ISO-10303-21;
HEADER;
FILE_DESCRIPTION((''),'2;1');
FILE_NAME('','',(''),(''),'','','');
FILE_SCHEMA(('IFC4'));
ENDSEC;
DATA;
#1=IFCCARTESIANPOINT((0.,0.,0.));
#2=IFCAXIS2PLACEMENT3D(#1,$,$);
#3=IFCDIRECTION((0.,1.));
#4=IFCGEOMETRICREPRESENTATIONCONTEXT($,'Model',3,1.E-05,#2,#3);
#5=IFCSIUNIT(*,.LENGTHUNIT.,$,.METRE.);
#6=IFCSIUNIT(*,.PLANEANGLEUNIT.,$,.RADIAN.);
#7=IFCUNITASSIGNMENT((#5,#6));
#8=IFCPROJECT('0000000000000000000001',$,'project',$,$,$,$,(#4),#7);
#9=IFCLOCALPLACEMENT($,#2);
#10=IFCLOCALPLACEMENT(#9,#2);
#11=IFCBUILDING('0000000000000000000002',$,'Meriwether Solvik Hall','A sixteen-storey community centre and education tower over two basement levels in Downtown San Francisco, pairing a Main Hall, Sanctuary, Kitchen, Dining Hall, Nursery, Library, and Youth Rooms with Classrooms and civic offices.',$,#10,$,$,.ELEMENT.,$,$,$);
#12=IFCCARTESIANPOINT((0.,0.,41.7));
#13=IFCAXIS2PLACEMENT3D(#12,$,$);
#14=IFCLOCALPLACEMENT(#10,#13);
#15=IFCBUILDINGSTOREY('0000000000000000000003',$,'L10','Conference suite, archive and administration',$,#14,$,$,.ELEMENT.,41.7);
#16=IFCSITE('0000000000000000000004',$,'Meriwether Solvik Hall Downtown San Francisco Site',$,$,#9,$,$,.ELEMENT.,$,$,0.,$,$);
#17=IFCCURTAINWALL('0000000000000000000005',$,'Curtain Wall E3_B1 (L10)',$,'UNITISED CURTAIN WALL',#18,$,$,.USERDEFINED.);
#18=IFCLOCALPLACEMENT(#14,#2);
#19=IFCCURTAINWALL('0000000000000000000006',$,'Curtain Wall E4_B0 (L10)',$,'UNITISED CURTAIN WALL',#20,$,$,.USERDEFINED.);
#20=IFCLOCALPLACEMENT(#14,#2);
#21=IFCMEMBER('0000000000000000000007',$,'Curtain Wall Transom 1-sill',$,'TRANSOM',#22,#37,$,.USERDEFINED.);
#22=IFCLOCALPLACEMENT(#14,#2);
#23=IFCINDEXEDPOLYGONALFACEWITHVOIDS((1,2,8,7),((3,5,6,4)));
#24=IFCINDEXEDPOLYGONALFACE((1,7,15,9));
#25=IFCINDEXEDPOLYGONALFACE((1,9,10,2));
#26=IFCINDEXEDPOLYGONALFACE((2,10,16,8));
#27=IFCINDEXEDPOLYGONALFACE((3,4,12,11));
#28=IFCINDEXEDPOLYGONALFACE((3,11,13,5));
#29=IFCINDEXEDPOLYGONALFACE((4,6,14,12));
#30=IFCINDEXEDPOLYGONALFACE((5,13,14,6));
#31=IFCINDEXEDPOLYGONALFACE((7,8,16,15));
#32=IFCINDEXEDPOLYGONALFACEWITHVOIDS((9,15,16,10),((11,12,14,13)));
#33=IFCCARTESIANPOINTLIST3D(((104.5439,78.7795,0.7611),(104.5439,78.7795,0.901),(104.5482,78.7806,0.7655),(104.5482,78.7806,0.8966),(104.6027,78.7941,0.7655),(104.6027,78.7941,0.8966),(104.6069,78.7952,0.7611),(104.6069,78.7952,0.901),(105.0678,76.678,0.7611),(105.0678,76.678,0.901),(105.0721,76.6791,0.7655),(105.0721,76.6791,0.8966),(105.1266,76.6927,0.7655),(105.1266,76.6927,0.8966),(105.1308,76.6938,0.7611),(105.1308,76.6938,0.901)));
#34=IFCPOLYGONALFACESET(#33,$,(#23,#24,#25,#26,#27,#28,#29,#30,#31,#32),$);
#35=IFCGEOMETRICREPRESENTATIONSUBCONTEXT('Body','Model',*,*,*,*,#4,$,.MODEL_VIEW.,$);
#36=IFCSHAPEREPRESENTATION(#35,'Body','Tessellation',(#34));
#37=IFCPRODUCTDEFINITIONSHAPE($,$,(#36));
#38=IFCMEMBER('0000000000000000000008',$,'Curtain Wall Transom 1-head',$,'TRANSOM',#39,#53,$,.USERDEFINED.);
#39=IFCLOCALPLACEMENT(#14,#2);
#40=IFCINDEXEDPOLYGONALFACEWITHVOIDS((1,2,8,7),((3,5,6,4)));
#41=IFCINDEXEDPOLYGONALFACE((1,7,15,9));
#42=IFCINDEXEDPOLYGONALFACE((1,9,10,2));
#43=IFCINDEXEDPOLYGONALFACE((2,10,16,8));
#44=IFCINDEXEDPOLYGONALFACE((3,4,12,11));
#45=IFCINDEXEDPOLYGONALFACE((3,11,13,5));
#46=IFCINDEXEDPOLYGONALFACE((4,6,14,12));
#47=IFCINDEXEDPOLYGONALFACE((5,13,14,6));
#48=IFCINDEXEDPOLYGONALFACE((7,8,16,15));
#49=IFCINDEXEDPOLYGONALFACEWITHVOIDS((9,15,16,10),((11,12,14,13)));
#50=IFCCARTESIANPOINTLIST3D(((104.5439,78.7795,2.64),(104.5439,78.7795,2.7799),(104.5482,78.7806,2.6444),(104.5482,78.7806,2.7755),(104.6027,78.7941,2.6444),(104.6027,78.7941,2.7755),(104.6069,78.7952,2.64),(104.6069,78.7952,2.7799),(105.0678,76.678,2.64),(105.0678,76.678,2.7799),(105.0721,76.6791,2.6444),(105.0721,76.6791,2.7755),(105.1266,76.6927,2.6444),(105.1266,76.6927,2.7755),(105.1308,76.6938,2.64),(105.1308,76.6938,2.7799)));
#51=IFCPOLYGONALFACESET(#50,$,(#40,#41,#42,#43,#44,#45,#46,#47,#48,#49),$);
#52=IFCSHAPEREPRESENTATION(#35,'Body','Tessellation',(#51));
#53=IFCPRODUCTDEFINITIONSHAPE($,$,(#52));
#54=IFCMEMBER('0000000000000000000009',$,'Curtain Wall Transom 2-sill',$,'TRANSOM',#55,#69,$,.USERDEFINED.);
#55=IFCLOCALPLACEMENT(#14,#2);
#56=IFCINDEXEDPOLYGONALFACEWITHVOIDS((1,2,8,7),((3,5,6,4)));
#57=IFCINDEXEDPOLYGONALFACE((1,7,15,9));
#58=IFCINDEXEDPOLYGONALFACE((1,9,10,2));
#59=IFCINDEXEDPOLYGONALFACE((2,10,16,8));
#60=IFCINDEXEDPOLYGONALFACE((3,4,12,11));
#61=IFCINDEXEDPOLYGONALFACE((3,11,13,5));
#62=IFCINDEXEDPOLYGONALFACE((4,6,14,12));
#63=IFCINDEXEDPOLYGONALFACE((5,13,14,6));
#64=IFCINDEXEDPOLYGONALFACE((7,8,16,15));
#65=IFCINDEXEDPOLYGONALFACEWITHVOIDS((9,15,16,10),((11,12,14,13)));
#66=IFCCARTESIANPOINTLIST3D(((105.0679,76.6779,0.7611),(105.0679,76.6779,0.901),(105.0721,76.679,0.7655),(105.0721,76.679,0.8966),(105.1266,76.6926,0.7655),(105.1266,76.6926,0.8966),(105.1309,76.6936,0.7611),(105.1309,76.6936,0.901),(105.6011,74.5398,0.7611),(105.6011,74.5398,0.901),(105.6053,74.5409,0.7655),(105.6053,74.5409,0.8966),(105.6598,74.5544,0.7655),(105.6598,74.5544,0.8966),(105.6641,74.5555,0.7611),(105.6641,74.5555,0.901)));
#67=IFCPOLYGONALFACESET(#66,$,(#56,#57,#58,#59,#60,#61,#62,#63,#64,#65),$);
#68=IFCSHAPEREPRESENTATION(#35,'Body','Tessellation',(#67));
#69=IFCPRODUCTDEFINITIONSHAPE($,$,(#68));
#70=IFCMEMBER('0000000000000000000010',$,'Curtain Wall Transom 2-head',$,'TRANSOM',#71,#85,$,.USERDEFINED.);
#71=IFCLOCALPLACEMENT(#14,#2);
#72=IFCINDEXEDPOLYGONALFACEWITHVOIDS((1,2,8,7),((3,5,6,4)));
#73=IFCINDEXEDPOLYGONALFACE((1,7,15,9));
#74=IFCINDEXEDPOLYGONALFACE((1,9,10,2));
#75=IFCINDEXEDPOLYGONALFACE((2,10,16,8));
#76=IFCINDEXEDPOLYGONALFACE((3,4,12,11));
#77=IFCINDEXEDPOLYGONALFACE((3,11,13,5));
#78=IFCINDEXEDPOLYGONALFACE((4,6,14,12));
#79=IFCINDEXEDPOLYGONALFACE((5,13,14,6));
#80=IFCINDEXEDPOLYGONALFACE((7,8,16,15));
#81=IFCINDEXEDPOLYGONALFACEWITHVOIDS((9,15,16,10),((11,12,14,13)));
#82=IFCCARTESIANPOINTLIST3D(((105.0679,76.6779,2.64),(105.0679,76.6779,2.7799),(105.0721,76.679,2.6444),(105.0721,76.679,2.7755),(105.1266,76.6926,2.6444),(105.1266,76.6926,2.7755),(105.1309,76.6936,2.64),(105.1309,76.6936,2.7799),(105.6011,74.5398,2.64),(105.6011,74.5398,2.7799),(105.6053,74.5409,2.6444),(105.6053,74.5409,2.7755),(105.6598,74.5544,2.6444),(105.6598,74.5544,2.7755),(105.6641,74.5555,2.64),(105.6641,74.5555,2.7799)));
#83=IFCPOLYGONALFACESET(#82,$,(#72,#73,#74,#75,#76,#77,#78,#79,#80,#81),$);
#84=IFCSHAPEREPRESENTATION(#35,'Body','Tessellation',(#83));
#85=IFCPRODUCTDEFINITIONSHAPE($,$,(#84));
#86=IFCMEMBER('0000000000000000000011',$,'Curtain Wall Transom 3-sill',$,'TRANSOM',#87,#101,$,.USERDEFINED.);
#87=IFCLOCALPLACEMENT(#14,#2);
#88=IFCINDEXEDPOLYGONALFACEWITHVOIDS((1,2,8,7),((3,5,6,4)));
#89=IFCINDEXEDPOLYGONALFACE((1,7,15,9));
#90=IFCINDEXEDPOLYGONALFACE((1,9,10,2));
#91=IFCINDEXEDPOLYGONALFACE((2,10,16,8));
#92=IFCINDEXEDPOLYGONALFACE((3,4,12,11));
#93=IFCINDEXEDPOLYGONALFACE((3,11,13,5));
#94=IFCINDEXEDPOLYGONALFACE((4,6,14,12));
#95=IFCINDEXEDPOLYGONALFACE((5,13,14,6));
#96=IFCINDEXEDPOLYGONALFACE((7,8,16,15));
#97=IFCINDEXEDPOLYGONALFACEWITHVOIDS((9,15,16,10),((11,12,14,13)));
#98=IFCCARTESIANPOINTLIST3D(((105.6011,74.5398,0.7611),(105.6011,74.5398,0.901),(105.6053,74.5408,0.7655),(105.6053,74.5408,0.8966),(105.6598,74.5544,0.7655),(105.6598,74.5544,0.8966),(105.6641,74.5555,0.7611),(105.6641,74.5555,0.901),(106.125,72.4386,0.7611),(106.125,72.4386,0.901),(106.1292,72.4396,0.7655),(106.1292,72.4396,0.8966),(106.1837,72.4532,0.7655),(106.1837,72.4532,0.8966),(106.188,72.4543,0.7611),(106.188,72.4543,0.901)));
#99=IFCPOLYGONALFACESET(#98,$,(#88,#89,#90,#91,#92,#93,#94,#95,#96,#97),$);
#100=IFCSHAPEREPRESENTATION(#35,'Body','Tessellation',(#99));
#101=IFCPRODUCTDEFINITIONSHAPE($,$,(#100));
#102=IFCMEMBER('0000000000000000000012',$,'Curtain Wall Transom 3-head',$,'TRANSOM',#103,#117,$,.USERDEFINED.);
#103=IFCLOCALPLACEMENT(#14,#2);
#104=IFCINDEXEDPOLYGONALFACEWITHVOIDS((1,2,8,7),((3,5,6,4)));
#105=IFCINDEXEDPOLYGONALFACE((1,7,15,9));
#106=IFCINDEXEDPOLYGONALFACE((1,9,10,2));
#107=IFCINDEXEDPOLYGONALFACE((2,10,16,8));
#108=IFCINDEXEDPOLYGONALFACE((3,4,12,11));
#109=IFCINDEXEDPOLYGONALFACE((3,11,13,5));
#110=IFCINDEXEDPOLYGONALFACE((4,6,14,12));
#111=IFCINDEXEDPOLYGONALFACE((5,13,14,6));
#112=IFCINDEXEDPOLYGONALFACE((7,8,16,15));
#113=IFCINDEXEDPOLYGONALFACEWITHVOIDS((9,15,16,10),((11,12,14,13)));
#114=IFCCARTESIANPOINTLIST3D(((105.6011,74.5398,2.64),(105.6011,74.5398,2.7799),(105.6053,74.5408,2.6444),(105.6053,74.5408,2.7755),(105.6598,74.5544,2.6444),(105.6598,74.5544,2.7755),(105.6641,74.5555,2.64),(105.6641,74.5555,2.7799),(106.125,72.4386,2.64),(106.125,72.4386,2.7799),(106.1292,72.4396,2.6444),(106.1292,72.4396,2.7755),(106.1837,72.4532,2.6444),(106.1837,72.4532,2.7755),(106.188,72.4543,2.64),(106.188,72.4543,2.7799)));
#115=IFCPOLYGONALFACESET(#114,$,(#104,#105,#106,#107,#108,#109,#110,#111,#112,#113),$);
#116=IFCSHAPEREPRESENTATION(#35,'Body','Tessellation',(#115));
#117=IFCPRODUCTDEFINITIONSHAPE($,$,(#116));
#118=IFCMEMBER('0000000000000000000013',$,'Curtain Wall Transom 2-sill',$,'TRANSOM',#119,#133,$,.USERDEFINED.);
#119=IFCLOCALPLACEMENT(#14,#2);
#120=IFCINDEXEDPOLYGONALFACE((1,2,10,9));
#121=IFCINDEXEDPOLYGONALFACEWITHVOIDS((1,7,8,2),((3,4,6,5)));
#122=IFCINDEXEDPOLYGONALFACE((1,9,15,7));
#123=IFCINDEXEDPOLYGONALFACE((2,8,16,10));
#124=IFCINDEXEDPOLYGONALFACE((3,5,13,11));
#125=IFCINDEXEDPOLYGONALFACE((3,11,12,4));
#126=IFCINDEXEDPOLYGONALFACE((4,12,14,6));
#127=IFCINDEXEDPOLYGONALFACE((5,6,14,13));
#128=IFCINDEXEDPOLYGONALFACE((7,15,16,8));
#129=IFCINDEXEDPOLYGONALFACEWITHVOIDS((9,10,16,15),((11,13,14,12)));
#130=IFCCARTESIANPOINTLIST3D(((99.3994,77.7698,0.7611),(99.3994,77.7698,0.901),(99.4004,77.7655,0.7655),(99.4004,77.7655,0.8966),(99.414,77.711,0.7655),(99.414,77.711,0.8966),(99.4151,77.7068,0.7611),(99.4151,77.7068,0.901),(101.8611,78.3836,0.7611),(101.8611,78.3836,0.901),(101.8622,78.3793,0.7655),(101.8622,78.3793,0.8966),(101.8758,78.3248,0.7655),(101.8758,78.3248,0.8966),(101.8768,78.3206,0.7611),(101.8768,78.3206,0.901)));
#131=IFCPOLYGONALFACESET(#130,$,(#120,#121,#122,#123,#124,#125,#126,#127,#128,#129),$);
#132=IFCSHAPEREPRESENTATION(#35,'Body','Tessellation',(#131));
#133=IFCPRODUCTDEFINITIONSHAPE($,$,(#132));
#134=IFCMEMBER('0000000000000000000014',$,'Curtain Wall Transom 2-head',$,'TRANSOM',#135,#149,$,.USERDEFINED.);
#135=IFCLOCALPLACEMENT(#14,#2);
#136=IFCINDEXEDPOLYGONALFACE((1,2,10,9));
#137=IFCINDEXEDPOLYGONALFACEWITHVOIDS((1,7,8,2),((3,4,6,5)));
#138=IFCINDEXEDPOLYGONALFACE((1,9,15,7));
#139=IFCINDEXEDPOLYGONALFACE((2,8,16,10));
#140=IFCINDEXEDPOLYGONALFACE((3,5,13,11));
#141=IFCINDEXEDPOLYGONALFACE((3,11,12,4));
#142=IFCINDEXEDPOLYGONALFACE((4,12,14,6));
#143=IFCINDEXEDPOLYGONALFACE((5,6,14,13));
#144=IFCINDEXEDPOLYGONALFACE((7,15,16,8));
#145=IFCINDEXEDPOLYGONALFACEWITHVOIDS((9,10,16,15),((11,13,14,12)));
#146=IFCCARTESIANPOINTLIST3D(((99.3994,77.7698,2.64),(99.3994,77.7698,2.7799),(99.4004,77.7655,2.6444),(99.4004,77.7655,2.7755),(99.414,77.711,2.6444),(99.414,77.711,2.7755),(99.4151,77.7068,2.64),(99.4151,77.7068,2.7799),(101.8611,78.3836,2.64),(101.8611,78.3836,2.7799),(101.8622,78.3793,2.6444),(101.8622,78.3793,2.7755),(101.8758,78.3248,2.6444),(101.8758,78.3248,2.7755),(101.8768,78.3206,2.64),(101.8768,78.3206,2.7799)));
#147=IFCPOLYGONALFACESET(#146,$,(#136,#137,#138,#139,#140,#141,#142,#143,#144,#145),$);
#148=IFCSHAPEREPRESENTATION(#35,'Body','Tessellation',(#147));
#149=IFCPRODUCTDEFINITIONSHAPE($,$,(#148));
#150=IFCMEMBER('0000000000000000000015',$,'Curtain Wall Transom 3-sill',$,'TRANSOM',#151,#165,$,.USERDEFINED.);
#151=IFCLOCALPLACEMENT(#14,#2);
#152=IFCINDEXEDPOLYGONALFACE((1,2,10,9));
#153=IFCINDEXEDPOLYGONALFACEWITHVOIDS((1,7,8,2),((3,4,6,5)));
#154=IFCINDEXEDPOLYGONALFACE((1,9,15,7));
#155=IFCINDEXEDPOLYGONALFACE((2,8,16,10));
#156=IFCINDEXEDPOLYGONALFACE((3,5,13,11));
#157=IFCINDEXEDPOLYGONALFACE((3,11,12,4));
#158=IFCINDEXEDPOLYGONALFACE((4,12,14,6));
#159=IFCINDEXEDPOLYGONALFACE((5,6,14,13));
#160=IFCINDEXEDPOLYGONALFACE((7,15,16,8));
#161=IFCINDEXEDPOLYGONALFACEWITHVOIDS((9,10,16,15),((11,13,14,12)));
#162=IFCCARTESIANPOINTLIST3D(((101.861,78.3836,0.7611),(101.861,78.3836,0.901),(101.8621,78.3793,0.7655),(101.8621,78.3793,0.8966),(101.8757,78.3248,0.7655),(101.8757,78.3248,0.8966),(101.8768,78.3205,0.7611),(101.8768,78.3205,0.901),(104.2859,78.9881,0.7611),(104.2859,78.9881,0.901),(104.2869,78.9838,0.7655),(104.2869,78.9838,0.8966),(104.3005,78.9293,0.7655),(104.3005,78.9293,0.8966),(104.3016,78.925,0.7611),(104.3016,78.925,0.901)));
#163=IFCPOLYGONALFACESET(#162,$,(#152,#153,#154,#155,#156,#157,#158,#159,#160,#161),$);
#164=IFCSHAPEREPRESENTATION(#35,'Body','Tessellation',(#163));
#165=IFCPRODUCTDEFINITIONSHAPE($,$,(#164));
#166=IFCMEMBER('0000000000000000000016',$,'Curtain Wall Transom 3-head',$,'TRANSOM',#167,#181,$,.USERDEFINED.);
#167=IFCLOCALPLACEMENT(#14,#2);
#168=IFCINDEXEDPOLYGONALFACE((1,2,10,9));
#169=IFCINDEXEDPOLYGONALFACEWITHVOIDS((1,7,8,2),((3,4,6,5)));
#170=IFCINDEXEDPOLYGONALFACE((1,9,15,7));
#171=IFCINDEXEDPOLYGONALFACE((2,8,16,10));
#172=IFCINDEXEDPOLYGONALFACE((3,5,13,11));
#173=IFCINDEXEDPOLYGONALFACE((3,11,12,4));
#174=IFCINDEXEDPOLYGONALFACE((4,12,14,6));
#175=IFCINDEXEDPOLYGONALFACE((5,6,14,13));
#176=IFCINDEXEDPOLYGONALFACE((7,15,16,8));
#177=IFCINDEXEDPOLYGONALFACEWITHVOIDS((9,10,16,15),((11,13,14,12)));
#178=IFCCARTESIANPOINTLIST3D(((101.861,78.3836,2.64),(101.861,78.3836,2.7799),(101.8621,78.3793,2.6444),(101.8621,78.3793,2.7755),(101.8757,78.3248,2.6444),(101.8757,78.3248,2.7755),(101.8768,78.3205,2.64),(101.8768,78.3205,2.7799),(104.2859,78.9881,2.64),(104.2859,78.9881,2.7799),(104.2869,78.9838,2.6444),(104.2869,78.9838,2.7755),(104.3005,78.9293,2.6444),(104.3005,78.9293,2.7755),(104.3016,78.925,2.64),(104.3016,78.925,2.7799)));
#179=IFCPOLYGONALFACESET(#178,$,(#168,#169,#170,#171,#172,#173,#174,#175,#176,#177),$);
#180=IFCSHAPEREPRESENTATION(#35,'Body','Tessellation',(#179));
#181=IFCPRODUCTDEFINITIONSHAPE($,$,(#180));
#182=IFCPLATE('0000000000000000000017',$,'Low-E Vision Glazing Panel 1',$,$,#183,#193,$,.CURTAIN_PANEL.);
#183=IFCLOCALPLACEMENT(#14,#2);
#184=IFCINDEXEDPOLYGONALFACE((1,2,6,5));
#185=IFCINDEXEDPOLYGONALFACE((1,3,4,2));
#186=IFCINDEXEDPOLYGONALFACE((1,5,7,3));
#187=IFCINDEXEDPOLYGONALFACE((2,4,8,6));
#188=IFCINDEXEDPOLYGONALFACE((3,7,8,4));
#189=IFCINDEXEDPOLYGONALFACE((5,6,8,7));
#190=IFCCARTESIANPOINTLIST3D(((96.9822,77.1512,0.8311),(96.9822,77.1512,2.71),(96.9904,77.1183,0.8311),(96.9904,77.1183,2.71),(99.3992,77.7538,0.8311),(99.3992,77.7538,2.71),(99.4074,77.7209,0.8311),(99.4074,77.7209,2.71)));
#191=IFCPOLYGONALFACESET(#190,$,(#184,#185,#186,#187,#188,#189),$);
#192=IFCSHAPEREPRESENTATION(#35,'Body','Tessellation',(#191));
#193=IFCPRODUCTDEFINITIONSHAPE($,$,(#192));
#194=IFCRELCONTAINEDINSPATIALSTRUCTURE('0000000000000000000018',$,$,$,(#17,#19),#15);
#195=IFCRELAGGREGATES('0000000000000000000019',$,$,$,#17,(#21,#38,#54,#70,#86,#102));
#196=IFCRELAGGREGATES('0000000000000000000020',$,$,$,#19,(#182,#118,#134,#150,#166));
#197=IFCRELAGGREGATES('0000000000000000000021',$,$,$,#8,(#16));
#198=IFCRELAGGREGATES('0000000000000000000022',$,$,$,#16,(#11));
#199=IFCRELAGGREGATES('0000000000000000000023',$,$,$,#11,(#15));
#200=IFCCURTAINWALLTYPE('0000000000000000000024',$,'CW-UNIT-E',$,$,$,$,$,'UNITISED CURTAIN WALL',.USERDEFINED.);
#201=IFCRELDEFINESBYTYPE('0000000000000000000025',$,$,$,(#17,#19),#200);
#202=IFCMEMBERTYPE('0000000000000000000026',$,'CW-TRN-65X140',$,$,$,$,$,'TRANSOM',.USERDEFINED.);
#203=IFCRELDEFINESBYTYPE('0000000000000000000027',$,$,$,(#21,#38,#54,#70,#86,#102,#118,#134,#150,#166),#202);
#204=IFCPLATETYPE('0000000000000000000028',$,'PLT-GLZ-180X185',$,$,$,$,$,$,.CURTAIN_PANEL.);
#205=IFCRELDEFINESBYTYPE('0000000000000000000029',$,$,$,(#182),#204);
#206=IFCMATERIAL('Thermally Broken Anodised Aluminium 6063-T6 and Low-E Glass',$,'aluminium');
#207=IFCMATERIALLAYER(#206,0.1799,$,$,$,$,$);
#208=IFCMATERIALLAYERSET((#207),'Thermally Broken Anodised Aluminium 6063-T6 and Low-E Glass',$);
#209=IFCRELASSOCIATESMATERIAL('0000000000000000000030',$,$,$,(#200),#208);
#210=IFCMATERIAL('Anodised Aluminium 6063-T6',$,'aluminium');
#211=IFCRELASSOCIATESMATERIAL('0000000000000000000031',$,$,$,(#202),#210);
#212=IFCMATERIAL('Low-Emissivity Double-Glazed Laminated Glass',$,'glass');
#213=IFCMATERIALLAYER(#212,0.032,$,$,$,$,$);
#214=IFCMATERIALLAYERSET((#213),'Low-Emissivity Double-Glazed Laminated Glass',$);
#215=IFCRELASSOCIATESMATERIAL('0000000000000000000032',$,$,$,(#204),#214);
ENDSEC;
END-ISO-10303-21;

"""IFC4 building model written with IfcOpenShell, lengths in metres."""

from ifc_helpers import new_model, si_unit, direction, frame, origin, origin_2d, place, context, subcontext, project, spatial, rectangle, hollow_rectangle, extrude, material, layer, layer_set, material_profile, profile_set, type_object, element, aggregate, save


model = new_model("IFC4")

# Units and contexts
model_context = context("Model", 3, precision=1e-05, world=origin(), true_north=direction((0.0, 1.0)))
body_context = subcontext(model_context, "Body", "Model", "MODEL_VIEW")
ifc_project = project(units=[si_unit("LENGTHUNIT", "METRE"), si_unit("PLANEANGLEUNIT", "RADIAN")], contexts=[model_context])

# Site, building, storey
site_placement = place(None, origin())
site = spatial("IfcSite", under=ifc_project, at=site_placement, Name="Meriwether Solvik Hall Downtown San Francisco Site", CompositionType="ELEMENT", RefElevation=0.0)
building_placement = place(site_placement, origin())
building = spatial("IfcBuilding", under=site, at=building_placement, Name="Meriwether Solvik Hall", Description="A sixteen-storey community centre and education tower over two basement levels in Downtown San Francisco, pairing a Main Hall, Sanctuary, Kitchen, Dining Hall, Nursery, Library, and Youth Rooms with Classrooms and civic offices.", CompositionType="ELEMENT")
storey_placement = place(building_placement, frame((0.0, 0.0, 41.7)))
storey = spatial("IfcBuildingStorey", under=building, at=storey_placement, Name="L10", Description="Conference suite, archive and administration", CompositionType="ELEMENT", Elevation=41.7)

# Curtain walls
ifc_material_1 = material(Name="Thermally Broken Anodised Aluminium 6063-T6 and Low-E Glass", Category="aluminium")
ifc_layer_1 = layer(ifc_material_1, 0.1799)
ifc_layer_set_1 = layer_set([ifc_layer_1], Name="Thermally Broken Anodised Aluminium 6063-T6 and Low-E Glass")
curtain_wall_type_1 = type_object("IfcCurtainWallType", Name="CW-UNIT-E", ElementType="UNITISED CURTAIN WALL", PredefinedType="USERDEFINED", material=ifc_layer_set_1)
curtain_wall_1_placement = place(storey_placement, origin())
curtain_wall_1 = element("IfcCurtainWall", 1, at=curtain_wall_1_placement, inside=storey, type_object=curtain_wall_type_1, Name="Curtain Wall E3_B1 (L10)", ObjectType="UNITISED CURTAIN WALL", PredefinedType="USERDEFINED")
curtain_wall_2_placement = place(storey_placement, origin())
curtain_wall_2 = element("IfcCurtainWall", 2, at=curtain_wall_2_placement, inside=storey, type_object=curtain_wall_type_1, Name="Curtain Wall E4_B0 (L10)", ObjectType="UNITISED CURTAIN WALL", PredefinedType="USERDEFINED")

# Shared definitions
ifc_material_2 = material(Name="Anodised Aluminium 6063-T6", Category="aluminium")
ifc_material_profile_1 = material_profile(ifc_material_2, hollow_rectangle(XDim=0.0649, YDim=0.1399, WallThickness=0.0044, at=origin_2d()), Name="CWT-65X140")
ifc_profile_set_1 = profile_set([ifc_material_profile_1], Name="Anodised Aluminium 6063-T6")
member_type_1 = type_object("IfcMemberType", Name="CW-TRN-65X140", ElementType="TRANSOM", PredefinedType="USERDEFINED", material=ifc_profile_set_1)

# Members
member_1_placement = place(storey_placement, frame((104.5754, 78.7874, 0.8311), z_axis=(0.241899, -0.970301, 0.0), x_axis=(0.970301, 0.241899, 0.0)))
member_1 = element("IfcMember", 3, at=member_1_placement, type_object=member_type_1, Name="Curtain Wall Transom 1-sill", ObjectType="TRANSOM", PredefinedType="USERDEFINED", context=body_context, shape_type="SweptSolid", body=[
    extrude(hollow_rectangle(XDim=0.0649, YDim=0.1399, WallThickness=0.0044, at=origin_2d()), origin(), (0.0, 0.0, 1.0), 2.1658),
])
member_2_placement = place(storey_placement, frame((104.5754, 78.7874, 2.71), z_axis=(0.241899, -0.970301, 0.0), x_axis=(0.970301, 0.241899, 0.0)))
member_2 = element("IfcMember", 4, at=member_2_placement, type_object=member_type_1, Name="Curtain Wall Transom 1-head", ObjectType="TRANSOM", PredefinedType="USERDEFINED", context=body_context, shape_type="SweptSolid", body=[
    extrude(hollow_rectangle(XDim=0.0649, YDim=0.1399, WallThickness=0.0044, at=origin_2d()), origin(), (0.0, 0.0, 1.0), 2.1658),
])
member_3_placement = place(storey_placement, frame((105.0994, 76.6858, 0.8311), z_axis=(0.241962, -0.970286, 0.0), x_axis=(0.970286, 0.241962, 0.0)))
member_3 = element("IfcMember", 5, at=member_3_placement, type_object=member_type_1, Name="Curtain Wall Transom 2-sill", ObjectType="TRANSOM", PredefinedType="USERDEFINED", context=body_context, shape_type="SweptSolid", body=[
    extrude(hollow_rectangle(XDim=0.0649, YDim=0.1399, WallThickness=0.0044, at=origin_2d()), origin(), (0.0, 0.0, 1.0), 2.2036),
])
member_4_placement = place(storey_placement, frame((105.0994, 76.6858, 2.71), z_axis=(0.241962, -0.970286, 0.0), x_axis=(0.970286, 0.241962, 0.0)))
member_4 = element("IfcMember", 6, at=member_4_placement, type_object=member_type_1, Name="Curtain Wall Transom 2-head", ObjectType="TRANSOM", PredefinedType="USERDEFINED", context=body_context, shape_type="SweptSolid", body=[
    extrude(hollow_rectangle(XDim=0.0649, YDim=0.1399, WallThickness=0.0044, at=origin_2d()), origin(), (0.0, 0.0, 1.0), 2.2036),
])
member_5_placement = place(storey_placement, frame((105.6326, 74.5476, 0.8311), z_axis=(0.241925, -0.970295, 0.0), x_axis=(0.970295, 0.241925, 0.0)))
member_5 = element("IfcMember", 7, at=member_5_placement, type_object=member_type_1, Name="Curtain Wall Transom 3-sill", ObjectType="TRANSOM", PredefinedType="USERDEFINED", context=body_context, shape_type="SweptSolid", body=[
    extrude(hollow_rectangle(XDim=0.0649, YDim=0.1399, WallThickness=0.0044, at=origin_2d()), origin(), (0.0, 0.0, 1.0), 2.1655),
])
member_6_placement = place(storey_placement, frame((105.6326, 74.5476, 2.71), z_axis=(0.241925, -0.970295, 0.0), x_axis=(0.970295, 0.241925, 0.0)))
member_6 = element("IfcMember", 8, at=member_6_placement, type_object=member_type_1, Name="Curtain Wall Transom 3-head", ObjectType="TRANSOM", PredefinedType="USERDEFINED", context=body_context, shape_type="SweptSolid", body=[
    extrude(hollow_rectangle(XDim=0.0649, YDim=0.1399, WallThickness=0.0044, at=origin_2d()), origin(), (0.0, 0.0, 1.0), 2.1655),
])
member_7_placement = place(storey_placement, frame((99.4072, 77.7383, 0.8311), z_axis=(0.970295, 0.241924, 0.0), x_axis=(-0.241924, 0.970295, 0.0)))
member_7 = element("IfcMember", 9, at=member_7_placement, type_object=member_type_1, Name="Curtain Wall Transom 2-sill", ObjectType="TRANSOM", PredefinedType="USERDEFINED", context=body_context, shape_type="SweptSolid", body=[
    extrude(hollow_rectangle(XDim=0.0649, YDim=0.1399, WallThickness=0.0044, at=origin_2d()), origin(), (0.0, 0.0, 1.0), 2.5371),
])
member_8_placement = place(storey_placement, frame((99.4072, 77.7383, 2.71), z_axis=(0.970295, 0.241924, 0.0), x_axis=(-0.241924, 0.970295, 0.0)))
member_8 = element("IfcMember", 10, at=member_8_placement, type_object=member_type_1, Name="Curtain Wall Transom 2-head", ObjectType="TRANSOM", PredefinedType="USERDEFINED", context=body_context, shape_type="SweptSolid", body=[
    extrude(hollow_rectangle(XDim=0.0649, YDim=0.1399, WallThickness=0.0044, at=origin_2d()), origin(), (0.0, 0.0, 1.0), 2.5371),
])
member_9_placement = place(storey_placement, frame((101.8689, 78.3521, 0.8311), z_axis=(0.970303, 0.241892, 0.0), x_axis=(-0.241892, 0.970303, 0.0)))
member_9 = element("IfcMember", 11, at=member_9_placement, type_object=member_type_1, Name="Curtain Wall Transom 3-sill", ObjectType="TRANSOM", PredefinedType="USERDEFINED", context=body_context, shape_type="SweptSolid", body=[
    extrude(hollow_rectangle(XDim=0.0649, YDim=0.1399, WallThickness=0.0044, at=origin_2d()), origin(), (0.0, 0.0, 1.0), 2.499),
])
member_10_placement = place(storey_placement, frame((101.8689, 78.3521, 2.71), z_axis=(0.970303, 0.241892, 0.0), x_axis=(-0.241892, 0.970303, 0.0)))
member_10 = element("IfcMember", 12, at=member_10_placement, type_object=member_type_1, Name="Curtain Wall Transom 3-head", ObjectType="TRANSOM", PredefinedType="USERDEFINED", context=body_context, shape_type="SweptSolid", body=[
    extrude(hollow_rectangle(XDim=0.0649, YDim=0.1399, WallThickness=0.0044, at=origin_2d()), origin(), (0.0, 0.0, 1.0), 2.499),
])

# Plate
ifc_material_3 = material(Name="Low-Emissivity Double-Glazed Laminated Glass", Category="glass")
ifc_layer_2 = layer(ifc_material_3, 0.032)
ifc_layer_set_2 = layer_set([ifc_layer_2], Name="Low-Emissivity Double-Glazed Laminated Glass")
plate_type_1 = type_object("IfcPlateType", Name="PLT-GLZ-180X185", PredefinedType="CURTAIN_PANEL", material=ifc_layer_set_2)
plate_1_placement = place(storey_placement, frame((98.1948, 77.436, 0.8311), z_axis=(0.0, 0.0, 1.0), x_axis=(0.970296, 0.241922, 0.0)))
plate_1 = element("IfcPlate", 13, at=plate_1_placement, type_object=plate_type_1, Name="Low-E Vision Glazing Panel 1", PredefinedType="CURTAIN_PANEL", context=body_context, shape_type="SweptSolid", body=[
    extrude(rectangle(XDim=2.491, YDim=0.0339, at=origin_2d()), origin(), (0.0, 0.0, 1.0), 1.8789),
])
aggregate(curtain_wall_1, [member_1, member_2, member_3, member_4, member_5, member_6])
aggregate(curtain_wall_2, [plate_1, member_7, member_8, member_9, member_10])

save(model, "model.ifc")
